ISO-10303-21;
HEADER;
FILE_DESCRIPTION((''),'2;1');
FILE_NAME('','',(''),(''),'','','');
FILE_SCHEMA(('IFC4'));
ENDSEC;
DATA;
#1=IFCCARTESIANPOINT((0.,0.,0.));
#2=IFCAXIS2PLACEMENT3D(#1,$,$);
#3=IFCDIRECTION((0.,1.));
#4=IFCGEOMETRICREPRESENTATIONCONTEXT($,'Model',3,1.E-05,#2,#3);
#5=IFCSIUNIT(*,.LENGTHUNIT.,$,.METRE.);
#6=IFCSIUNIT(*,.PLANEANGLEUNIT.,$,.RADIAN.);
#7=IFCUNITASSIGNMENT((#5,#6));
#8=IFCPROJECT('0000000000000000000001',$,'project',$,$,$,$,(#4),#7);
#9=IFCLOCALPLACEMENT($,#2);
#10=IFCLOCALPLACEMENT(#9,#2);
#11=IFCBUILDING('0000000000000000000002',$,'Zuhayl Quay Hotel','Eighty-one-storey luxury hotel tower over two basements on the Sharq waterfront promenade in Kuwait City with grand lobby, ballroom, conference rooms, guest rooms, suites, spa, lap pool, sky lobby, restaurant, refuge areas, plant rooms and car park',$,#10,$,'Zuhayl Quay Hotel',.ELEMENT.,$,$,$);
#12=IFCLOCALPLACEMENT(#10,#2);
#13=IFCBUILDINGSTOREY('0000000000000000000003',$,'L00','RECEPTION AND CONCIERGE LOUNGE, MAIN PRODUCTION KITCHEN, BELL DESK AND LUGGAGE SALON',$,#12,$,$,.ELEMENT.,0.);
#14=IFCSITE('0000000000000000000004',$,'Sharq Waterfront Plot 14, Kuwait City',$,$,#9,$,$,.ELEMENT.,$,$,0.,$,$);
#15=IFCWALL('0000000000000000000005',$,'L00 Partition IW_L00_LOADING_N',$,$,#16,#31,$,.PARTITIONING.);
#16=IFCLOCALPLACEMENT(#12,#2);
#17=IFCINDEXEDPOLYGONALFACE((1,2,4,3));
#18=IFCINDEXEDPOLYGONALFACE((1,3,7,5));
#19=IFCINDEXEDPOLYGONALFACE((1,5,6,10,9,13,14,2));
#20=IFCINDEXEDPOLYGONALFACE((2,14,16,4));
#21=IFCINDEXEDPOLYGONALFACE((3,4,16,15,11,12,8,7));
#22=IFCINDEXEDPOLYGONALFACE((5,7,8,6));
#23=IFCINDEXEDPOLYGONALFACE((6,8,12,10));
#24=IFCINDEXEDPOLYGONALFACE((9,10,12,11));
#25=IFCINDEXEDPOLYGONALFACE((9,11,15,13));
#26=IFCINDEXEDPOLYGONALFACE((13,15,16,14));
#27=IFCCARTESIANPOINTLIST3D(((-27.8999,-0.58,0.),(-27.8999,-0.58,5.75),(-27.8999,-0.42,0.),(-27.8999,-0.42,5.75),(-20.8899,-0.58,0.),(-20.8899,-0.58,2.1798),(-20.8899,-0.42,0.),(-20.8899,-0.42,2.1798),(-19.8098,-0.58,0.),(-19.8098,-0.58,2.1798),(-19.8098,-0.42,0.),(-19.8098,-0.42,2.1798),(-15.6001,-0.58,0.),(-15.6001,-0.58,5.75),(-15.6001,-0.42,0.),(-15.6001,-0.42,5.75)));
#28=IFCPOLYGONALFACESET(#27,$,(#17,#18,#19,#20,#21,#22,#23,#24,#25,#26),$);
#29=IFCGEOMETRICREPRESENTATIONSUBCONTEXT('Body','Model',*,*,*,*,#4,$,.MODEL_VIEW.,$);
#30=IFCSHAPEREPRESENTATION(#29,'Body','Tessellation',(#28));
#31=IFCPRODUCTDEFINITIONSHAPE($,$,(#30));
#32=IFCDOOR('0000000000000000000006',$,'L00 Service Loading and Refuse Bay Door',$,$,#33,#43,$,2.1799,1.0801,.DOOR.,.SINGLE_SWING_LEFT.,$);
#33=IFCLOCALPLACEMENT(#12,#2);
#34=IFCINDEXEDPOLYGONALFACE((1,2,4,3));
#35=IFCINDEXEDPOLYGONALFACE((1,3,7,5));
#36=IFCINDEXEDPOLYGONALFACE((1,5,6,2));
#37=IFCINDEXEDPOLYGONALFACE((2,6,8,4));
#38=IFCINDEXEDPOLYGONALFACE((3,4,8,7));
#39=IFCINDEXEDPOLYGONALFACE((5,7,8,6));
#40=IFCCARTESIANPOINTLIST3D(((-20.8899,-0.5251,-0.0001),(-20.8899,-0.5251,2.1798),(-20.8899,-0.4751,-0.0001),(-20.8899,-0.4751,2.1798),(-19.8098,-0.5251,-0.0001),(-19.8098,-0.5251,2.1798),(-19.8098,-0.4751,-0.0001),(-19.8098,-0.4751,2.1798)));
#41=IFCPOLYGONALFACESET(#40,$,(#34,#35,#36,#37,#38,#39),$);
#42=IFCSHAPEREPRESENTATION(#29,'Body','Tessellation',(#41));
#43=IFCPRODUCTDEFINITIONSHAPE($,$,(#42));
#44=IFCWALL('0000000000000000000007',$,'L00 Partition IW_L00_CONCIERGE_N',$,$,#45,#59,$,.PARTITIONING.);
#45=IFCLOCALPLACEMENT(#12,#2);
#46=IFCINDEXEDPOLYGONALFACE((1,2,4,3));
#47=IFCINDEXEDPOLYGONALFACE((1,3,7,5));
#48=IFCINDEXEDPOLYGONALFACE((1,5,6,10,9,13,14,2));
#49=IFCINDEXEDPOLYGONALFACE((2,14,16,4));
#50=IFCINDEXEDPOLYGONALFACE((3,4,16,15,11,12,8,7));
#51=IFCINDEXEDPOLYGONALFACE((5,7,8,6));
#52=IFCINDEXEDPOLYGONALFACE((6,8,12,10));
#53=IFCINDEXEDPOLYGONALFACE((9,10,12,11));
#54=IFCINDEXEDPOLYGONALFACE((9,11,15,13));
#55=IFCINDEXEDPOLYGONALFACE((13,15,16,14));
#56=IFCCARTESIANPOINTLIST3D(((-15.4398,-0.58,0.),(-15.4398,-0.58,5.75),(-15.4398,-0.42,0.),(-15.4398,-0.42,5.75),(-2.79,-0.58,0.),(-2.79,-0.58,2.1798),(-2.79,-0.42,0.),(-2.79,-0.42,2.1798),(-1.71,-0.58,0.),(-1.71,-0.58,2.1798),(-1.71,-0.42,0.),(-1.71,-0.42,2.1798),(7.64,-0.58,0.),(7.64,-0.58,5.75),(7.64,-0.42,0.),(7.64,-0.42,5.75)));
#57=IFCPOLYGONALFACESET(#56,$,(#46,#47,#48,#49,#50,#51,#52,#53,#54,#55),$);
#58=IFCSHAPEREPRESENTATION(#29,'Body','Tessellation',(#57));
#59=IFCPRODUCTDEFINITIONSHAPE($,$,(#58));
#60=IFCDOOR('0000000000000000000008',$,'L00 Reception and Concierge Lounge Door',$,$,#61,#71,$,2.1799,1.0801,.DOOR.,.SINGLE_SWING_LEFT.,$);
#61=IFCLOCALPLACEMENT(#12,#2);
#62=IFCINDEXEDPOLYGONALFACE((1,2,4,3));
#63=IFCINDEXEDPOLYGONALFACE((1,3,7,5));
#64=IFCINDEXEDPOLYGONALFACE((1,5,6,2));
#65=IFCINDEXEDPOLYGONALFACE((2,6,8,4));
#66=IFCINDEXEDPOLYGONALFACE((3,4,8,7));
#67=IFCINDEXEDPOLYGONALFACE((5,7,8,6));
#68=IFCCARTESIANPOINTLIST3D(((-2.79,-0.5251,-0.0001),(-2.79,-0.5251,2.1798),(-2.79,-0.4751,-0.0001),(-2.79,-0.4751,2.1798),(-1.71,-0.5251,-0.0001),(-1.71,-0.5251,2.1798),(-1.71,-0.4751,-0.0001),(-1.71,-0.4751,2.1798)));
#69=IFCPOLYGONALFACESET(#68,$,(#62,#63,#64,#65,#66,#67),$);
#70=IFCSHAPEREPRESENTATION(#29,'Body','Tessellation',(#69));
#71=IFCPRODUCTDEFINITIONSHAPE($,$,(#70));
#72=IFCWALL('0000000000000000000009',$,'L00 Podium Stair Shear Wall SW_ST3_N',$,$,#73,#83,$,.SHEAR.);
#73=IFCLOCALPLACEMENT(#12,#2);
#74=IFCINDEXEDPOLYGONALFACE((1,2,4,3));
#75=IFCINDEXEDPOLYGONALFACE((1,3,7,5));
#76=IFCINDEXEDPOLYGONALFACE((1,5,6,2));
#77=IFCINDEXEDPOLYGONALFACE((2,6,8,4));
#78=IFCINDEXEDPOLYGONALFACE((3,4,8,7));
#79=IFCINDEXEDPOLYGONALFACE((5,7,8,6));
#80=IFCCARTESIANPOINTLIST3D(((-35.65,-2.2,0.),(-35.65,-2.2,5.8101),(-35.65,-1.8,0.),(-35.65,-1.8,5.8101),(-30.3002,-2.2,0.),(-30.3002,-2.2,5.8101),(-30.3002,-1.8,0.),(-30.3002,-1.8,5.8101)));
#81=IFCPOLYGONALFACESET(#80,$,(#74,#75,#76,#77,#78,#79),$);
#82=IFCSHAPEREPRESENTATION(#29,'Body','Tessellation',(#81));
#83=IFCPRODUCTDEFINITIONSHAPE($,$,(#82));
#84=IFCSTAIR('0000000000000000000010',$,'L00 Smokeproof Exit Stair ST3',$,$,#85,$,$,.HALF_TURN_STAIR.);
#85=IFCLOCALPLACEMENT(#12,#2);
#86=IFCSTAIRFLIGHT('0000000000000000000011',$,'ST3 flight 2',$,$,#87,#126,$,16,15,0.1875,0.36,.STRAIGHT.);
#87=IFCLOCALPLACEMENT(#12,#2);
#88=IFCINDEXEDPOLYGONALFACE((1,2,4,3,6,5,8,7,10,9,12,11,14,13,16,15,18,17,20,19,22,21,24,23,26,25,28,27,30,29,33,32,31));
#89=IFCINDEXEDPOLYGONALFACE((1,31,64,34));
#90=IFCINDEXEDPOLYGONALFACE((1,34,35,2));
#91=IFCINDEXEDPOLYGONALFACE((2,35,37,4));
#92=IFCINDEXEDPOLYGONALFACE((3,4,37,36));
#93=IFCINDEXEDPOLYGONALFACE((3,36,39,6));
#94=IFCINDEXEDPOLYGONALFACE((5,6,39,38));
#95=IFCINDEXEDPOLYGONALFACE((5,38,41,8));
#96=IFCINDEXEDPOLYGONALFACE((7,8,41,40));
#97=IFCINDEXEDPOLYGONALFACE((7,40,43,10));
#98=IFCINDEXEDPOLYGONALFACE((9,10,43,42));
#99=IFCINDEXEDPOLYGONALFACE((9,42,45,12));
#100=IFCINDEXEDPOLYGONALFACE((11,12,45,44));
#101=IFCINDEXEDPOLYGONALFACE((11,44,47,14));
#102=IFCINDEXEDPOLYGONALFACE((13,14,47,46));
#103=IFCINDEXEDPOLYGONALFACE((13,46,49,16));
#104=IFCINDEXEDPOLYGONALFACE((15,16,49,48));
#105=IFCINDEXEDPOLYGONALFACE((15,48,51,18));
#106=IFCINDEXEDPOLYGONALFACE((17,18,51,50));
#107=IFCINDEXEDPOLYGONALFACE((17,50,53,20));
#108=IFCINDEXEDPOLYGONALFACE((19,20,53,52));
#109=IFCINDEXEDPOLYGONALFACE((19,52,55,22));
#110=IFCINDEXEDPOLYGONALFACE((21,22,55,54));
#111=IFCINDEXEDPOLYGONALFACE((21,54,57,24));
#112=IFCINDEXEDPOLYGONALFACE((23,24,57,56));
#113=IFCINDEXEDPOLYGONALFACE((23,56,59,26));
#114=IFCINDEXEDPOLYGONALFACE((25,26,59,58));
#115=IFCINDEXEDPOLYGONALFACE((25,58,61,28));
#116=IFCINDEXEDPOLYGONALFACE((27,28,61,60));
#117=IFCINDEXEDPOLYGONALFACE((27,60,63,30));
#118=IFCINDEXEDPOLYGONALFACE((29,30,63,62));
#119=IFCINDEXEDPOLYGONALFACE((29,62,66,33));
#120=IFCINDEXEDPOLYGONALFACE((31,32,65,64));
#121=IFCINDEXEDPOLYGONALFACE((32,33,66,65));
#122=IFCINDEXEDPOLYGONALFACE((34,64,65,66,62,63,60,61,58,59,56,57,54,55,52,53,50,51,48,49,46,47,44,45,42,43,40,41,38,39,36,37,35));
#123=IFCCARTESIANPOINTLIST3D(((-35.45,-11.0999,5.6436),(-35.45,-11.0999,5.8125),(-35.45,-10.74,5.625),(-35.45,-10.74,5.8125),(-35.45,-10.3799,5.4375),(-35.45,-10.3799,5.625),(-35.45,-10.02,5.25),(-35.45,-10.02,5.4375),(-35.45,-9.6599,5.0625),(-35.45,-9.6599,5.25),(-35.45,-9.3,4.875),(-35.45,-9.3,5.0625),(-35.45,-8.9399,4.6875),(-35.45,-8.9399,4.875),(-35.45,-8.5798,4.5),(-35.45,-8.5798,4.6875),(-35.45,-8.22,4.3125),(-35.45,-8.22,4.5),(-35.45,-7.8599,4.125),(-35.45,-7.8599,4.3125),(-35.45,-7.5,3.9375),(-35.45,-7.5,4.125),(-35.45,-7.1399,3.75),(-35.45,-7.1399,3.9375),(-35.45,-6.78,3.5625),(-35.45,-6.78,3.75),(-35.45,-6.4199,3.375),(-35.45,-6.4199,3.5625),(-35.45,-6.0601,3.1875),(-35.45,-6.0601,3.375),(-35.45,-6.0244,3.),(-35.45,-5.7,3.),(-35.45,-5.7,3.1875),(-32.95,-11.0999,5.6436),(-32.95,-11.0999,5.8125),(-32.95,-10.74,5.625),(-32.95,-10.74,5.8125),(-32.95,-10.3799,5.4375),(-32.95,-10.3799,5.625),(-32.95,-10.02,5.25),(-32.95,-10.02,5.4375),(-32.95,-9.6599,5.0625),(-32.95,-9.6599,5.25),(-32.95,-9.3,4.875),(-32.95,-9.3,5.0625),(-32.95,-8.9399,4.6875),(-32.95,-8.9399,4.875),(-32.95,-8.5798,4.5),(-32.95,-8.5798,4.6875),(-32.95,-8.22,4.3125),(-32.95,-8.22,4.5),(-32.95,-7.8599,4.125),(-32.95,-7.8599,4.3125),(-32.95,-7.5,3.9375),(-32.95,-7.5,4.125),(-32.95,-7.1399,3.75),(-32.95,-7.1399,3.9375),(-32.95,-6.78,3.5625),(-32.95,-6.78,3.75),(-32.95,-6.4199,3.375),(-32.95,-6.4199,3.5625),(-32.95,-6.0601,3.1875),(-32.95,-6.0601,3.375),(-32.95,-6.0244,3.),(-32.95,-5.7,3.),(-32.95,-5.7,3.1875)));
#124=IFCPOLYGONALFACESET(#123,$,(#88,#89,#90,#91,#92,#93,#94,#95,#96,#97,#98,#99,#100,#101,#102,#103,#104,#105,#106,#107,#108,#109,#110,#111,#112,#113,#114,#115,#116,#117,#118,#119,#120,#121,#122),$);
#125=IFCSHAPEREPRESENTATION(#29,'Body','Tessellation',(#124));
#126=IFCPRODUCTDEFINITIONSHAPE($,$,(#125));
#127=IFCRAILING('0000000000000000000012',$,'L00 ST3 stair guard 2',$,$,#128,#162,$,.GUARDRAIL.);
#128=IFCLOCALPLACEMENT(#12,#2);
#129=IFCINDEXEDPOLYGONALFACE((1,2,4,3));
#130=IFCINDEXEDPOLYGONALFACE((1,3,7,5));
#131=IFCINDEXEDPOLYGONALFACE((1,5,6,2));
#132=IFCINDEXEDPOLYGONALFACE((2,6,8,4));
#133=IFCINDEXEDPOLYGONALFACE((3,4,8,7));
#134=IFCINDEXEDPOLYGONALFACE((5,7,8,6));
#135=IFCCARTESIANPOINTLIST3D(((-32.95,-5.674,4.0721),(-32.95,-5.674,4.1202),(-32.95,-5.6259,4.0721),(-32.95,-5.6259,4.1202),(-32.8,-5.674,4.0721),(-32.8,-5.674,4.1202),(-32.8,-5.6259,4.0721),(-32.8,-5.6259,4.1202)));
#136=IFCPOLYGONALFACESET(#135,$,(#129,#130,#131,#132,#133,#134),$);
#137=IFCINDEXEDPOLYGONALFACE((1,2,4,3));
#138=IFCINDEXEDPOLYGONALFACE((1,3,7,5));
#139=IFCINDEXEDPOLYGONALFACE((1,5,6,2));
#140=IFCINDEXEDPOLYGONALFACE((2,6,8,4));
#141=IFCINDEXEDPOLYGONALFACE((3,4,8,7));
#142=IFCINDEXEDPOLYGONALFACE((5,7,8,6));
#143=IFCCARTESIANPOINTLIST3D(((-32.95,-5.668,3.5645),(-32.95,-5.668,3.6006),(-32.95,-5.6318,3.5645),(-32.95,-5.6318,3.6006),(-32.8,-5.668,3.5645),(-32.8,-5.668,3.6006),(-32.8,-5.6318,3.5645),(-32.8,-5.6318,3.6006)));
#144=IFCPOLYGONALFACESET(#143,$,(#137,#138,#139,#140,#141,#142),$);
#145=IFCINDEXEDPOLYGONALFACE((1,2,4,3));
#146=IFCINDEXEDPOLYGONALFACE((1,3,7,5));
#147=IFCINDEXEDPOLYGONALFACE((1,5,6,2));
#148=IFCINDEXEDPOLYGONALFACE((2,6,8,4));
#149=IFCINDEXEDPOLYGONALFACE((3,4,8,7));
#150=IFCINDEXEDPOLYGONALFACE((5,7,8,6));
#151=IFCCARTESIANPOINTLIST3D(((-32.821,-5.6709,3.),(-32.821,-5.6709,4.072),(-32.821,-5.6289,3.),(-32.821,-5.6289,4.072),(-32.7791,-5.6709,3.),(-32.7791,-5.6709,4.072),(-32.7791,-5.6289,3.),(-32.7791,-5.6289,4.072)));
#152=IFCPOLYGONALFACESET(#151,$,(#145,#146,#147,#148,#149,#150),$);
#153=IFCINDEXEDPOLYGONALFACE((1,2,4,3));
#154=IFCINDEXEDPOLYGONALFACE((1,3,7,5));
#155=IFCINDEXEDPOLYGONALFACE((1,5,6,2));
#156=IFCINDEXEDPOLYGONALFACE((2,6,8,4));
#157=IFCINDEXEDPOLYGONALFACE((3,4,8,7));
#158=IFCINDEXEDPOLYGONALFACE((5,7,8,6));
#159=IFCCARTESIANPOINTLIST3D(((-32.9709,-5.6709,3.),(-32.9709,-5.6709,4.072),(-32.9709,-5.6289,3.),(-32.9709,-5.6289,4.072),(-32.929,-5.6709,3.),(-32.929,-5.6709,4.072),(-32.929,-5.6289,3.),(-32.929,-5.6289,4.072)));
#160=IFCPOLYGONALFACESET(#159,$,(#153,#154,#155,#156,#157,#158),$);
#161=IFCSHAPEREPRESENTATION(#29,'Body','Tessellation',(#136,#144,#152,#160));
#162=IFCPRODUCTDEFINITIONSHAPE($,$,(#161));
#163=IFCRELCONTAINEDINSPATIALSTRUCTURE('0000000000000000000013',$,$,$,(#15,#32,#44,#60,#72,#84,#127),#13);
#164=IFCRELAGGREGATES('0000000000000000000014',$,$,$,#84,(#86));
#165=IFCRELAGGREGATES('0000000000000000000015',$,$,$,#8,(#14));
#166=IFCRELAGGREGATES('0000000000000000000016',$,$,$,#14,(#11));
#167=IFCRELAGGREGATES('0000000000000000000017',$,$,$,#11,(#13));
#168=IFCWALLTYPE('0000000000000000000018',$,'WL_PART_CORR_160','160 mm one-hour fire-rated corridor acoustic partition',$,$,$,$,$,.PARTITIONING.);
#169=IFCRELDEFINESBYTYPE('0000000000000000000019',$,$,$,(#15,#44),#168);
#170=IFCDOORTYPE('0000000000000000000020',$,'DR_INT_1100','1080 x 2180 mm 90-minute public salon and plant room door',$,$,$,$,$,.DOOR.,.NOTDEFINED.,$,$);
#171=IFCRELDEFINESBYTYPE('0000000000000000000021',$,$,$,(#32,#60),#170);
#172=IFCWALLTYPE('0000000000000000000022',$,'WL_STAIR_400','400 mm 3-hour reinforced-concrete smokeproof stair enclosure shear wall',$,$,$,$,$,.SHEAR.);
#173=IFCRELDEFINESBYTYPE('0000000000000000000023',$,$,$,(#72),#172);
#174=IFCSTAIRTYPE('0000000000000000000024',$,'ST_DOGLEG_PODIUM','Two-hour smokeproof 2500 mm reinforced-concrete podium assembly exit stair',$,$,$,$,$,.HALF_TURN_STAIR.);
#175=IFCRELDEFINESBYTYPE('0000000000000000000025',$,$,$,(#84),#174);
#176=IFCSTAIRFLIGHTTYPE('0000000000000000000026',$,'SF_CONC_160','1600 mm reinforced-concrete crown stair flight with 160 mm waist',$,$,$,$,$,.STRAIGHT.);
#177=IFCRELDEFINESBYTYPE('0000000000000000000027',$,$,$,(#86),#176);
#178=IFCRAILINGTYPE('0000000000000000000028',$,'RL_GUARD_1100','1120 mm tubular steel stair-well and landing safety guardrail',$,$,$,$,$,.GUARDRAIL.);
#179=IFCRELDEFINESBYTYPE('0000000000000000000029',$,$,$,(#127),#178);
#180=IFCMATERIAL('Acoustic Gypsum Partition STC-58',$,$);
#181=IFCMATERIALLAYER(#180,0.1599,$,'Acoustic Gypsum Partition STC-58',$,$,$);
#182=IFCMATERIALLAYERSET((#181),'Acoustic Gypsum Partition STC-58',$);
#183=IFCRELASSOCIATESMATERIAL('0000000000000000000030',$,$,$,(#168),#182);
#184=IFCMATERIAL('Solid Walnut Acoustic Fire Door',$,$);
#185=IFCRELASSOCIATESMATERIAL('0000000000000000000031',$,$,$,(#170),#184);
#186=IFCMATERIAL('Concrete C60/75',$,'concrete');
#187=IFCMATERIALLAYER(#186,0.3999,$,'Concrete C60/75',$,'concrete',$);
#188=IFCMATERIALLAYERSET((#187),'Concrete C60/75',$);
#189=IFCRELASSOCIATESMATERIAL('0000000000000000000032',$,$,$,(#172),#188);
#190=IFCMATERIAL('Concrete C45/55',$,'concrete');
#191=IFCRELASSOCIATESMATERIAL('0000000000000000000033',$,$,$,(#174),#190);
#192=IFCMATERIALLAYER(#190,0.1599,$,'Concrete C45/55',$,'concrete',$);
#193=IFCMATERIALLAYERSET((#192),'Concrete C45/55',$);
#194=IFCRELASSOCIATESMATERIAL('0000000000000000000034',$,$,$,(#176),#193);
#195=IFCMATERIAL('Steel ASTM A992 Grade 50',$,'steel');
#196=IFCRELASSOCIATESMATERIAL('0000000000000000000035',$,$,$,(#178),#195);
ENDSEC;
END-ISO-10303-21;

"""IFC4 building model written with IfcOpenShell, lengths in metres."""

from ifc_helpers import new_model, si_unit, direction, frame, frame_2d, origin, origin_2d, place, context, subcontext, project, spatial, polyline, rectangle, outline, extrude, material, layer, layer_set, type_object, element, fill, aggregate, save


model = new_model("IFC4")

# Units and contexts
model_context = context("Model", 3, precision=1e-05, world=origin(), true_north=direction((0.0, 1.0)))
body_context = subcontext(model_context, "Body", "Model", "MODEL_VIEW")
ifc_project = project(units=[si_unit("LENGTHUNIT", "METRE"), si_unit("PLANEANGLEUNIT", "RADIAN")], contexts=[model_context])

# Site, building, storey
site_placement = place(None, origin())
site = spatial("IfcSite", under=ifc_project, at=site_placement, Name="Sharq Waterfront Plot 14, Kuwait City", CompositionType="ELEMENT", RefElevation=0.0)
building_placement = place(site_placement, origin())
building = spatial("IfcBuilding", under=site, at=building_placement, Name="Zuhayl Quay Hotel", Description="Eighty-one-storey luxury hotel tower over two basements on the Sharq waterfront promenade in Kuwait City with grand lobby, ballroom, conference rooms, guest rooms, suites, spa, lap pool, sky lobby, restaurant, refuge areas, plant rooms and car park", LongName="Zuhayl Quay Hotel", CompositionType="ELEMENT")
storey_placement = place(building_placement, origin())
storey = spatial("IfcBuildingStorey", under=building, at=storey_placement, Name="L00", Description="RECEPTION AND CONCIERGE LOUNGE, MAIN PRODUCTION KITCHEN, BELL DESK AND LUGGAGE SALON", CompositionType="ELEMENT", Elevation=0.0)

# Shared definitions
ifc_material_1 = material(Name="Concrete C60/75", Category="concrete")

# Shared definitions
ifc_material_2 = material(Name="Steel ASTM A992 Grade 50", Category="steel")

# Shared definitions
ifc_material_3 = material(Name="Acoustic Gypsum Partition STC-58")

# Walls, openings, doors
ifc_layer_1 = layer(ifc_material_3, 0.1599, Name="Acoustic Gypsum Partition STC-58")
ifc_layer_set_1 = layer_set([ifc_layer_1], Name="Acoustic Gypsum Partition STC-58")
wall_type_1 = type_object("IfcWallType", Name="WL_PART_CORR_160", Description="160 mm one-hour fire-rated corridor acoustic partition", PredefinedType="PARTITIONING", material=ifc_layer_set_1)
wall_1_placement = place(storey_placement, frame((-27.8999, -0.5, 0.0), z_axis=(0.0, 0.0, 1.0), x_axis=(1.0, 0.0, 0.0)))
wall_1 = element("IfcWall", 1, at=wall_1_placement, inside=storey, type_object=wall_type_1, Name="L00 Partition IW_L00_LOADING_N", PredefinedType="PARTITIONING", context=body_context, shape_type="SweptSolid", body=[
    extrude(rectangle(XDim=12.2998, YDim=0.1599, at=frame_2d((6.1499, 0.0))), origin(), (0.0, 0.0, 1.0), 5.75),
])
opening_1_placement = place(wall_1_placement, frame((7.01, 0.0, 0.0)))
opening_1 = element("IfcOpeningElement", 2, at=opening_1_placement, cuts=wall_1, PredefinedType="OPENING", context=body_context, shape_type="SweptSolid", body=[
    extrude(rectangle(XDim=1.0801, YDim=2.1799, at=frame_2d((0.54, 1.0898))), frame((0.0, 0.0898, 0.0), z_axis=(0.0, -1.0, 0.0), x_axis=(1.0, 0.0, 0.0)), (0.0, 0.0, 1.0), 0.1799),
])
ifc_material_4 = material(Name="Solid Walnut Acoustic Fire Door")
door_type = type_object("IfcDoorType", Name="DR_INT_1100", Description="1080 x 2180 mm 90-minute public salon and plant room door", OperationType="NOTDEFINED", PredefinedType="DOOR", material=ifc_material_4)
door_1_placement = place(opening_1_placement, origin())
door_1 = element("IfcDoor", 3, at=door_1_placement, inside=storey, type_object=door_type, Name="L00 Service Loading and Refuse Bay Door", OperationType="SINGLE_SWING_LEFT", OverallHeight=2.1799, OverallWidth=1.0801, PredefinedType="DOOR", context=body_context, shape_type="SweptSolid", body=[
    extrude(rectangle(XDim=1.0801, YDim=2.1799, at=frame_2d((0.54, 1.0898))), frame((0.0, 0.0249, 0.0), z_axis=(0.0, -1.0, 0.0), x_axis=(1.0, 0.0, 0.0)), (0.0, 0.0, 1.0), 0.05),
])
fill(opening_1, door_1)
wall_2_placement = place(storey_placement, frame((-15.4399, -0.5, 0.0), z_axis=(0.0, 0.0, 1.0), x_axis=(1.0, 0.0, 0.0)))
wall_2 = element("IfcWall", 4, at=wall_2_placement, inside=storey, type_object=wall_type_1, Name="L00 Partition IW_L00_CONCIERGE_N", PredefinedType="PARTITIONING", context=body_context, shape_type="SweptSolid", body=[
    extrude(rectangle(XDim=23.0798, YDim=0.1599, at=frame_2d((11.54, 0.0))), origin(), (0.0, 0.0, 1.0), 5.75),
])
opening_2_placement = place(wall_2_placement, frame((12.6499, 0.0, 0.0)))
opening_2 = element("IfcOpeningElement", 5, at=opening_2_placement, cuts=wall_2, PredefinedType="OPENING", context=body_context, shape_type="SweptSolid", body=[
    extrude(rectangle(XDim=1.0801, YDim=2.1799, at=frame_2d((0.54, 1.0898))), frame((0.0, 0.0898, 0.0), z_axis=(0.0, -1.0, 0.0), x_axis=(1.0, 0.0, 0.0)), (0.0, 0.0, 1.0), 0.1799),
])
door_2_placement = place(opening_2_placement, origin())
door_2 = element("IfcDoor", 6, at=door_2_placement, inside=storey, type_object=door_type, Name="L00 Reception and Concierge Lounge Door", OperationType="SINGLE_SWING_LEFT", OverallHeight=2.1799, OverallWidth=1.0801, PredefinedType="DOOR", context=body_context, shape_type="SweptSolid", body=[
    extrude(rectangle(XDim=1.0801, YDim=2.1799, at=frame_2d((0.54, 1.0898))), frame((0.0, 0.0249, 0.0), z_axis=(0.0, -1.0, 0.0), x_axis=(1.0, 0.0, 0.0)), (0.0, 0.0, 1.0), 0.05),
])
fill(opening_2, door_2)

# Wall
ifc_layer_2 = layer(ifc_material_1, 0.3999, Name="Concrete C60/75", Category="concrete")
ifc_layer_set_2 = layer_set([ifc_layer_2], Name="Concrete C60/75")
wall_type_2 = type_object("IfcWallType", Name="WL_STAIR_400", Description="400 mm 3-hour reinforced-concrete smokeproof stair enclosure shear wall", PredefinedType="SHEAR", material=ifc_layer_set_2)
wall_3_placement = place(storey_placement, frame((-35.6499, -2.0, 0.0), z_axis=(0.0, 0.0, 1.0), x_axis=(1.0, 0.0, 0.0)))
element("IfcWall", 7, at=wall_3_placement, inside=storey, type_object=wall_type_2, Name="L00 Podium Stair Shear Wall SW_ST3_N", PredefinedType="SHEAR", context=body_context, shape_type="SweptSolid", body=[
    extrude(rectangle(XDim=5.3499, YDim=0.3999, at=frame_2d((2.6748, 0.0))), origin(), (0.0, 0.0, 1.0), 5.8101),
])

# Stair, stair flight
ifc_material_5 = material(Name="Concrete C45/55", Category="concrete")
stair_type = type_object("IfcStairType", Name="ST_DOGLEG_PODIUM", Description="Two-hour smokeproof 2500 mm reinforced-concrete podium assembly exit stair", PredefinedType="HALF_TURN_STAIR", material=ifc_material_5)
stair_placement = place(storey_placement, origin())
stair = element("IfcStair", 8, at=stair_placement, inside=storey, type_object=stair_type, Name="L00 Smokeproof Exit Stair ST3", PredefinedType="HALF_TURN_STAIR")
ifc_layer_3 = layer(ifc_material_5, 0.1599, Name="Concrete C45/55", Category="concrete")
ifc_layer_set_3 = layer_set([ifc_layer_3], Name="Concrete C45/55")
stair_flight_type = type_object("IfcStairFlightType", Name="SF_CONC_160", Description="1600 mm reinforced-concrete crown stair flight with 160 mm waist", PredefinedType="STRAIGHT", material=ifc_layer_set_3)
stair_flight_placement = place(storey_placement, frame((-34.2, -5.7, 3.0), z_axis=(0.0, 0.0, 1.0), x_axis=(0.0, -1.0, 0.0)))
stair_flight = element("IfcStairFlight", 9, at=stair_flight_placement, type_object=stair_flight_type, Name="ST3 flight 2", NumberOfRisers=16, NumberOfTreads=15, PredefinedType="STRAIGHT", RiserHeight=0.1875, TreadLength=0.36, context=body_context, shape_type="SweptSolid", body=[
    extrude(outline(polyline([(0.0, 0.0), (0.0, 0.1875), (0.3601, 0.1875), (0.3601, 0.375), (0.72, 0.375), (0.72, 0.5625), (1.0801, 0.5625), (1.0801, 0.75), (1.4399, 0.75), (1.4399, 0.9375), (1.8, 0.9375), (1.8, 1.125), (2.1599, 1.125), (2.1599, 1.3125), (2.52, 1.3125), (2.52, 1.5), (2.8799, 1.5), (2.8799, 1.6875), (3.24, 1.6875), (3.24, 1.875), (3.6001, 1.875), (3.6001, 2.0625), (3.96, 2.0625), (3.96, 2.25), (4.3201, 2.25), (4.3201, 2.4375), (4.6799, 2.4375), (4.6799, 2.625), (5.04, 2.625), (5.04, 2.8125), (5.3999, 2.8125), (5.3999, 3.0), (5.3999, 2.6436), (0.3245, 0.0), (0.0, 0.0)])), frame((0.0, 1.25, 0.0), z_axis=(0.0, -1.0, 0.0), x_axis=(1.0, 0.0, 0.0)), (0.0, 0.0, 1.0), 2.5),
])
aggregate(stair, [stair_flight])

# Railing
railing_type_1 = type_object("IfcRailingType", Name="RL_GUARD_1100", Description="1120 mm tubular steel stair-well and landing safety guardrail", PredefinedType="GUARDRAIL", material=ifc_material_2)
railing_1_placement = place(storey_placement, frame((-32.8, -5.6499, 3.0)))
element("IfcRailing", 10, at=railing_1_placement, inside=storey, type_object=railing_type_1, Name="L00 ST3 stair guard 2", PredefinedType="GUARDRAIL", context=body_context, shape_type="SweptSolid", body=[
    extrude(rectangle(XDim=0.0481, YDim=0.0481, at=origin_2d()), frame((0.0, 0.0, 1.0962), z_axis=(-1.0, 0.0, 0.0), x_axis=(0.0, -1.0, 0.0)), (0.0, 0.0, 1.0), 0.1499),
    extrude(rectangle(XDim=0.0361, YDim=0.0361, at=origin_2d()), frame((0.0, 0.0, 0.5825), z_axis=(-1.0, 0.0, 0.0), x_axis=(0.0, -1.0, 0.0)), (0.0, 0.0, 1.0), 0.1499),
    extrude(rectangle(XDim=0.042, YDim=0.042, at=origin_2d()), origin(), (0.0, 0.0, 1.0), 1.072),
    extrude(rectangle(XDim=0.042, YDim=0.042, at=origin_2d()), frame((-0.1499, 0.0, 0.0)), (0.0, 0.0, 1.0), 1.072),
])

save(model, "model.ifc")
